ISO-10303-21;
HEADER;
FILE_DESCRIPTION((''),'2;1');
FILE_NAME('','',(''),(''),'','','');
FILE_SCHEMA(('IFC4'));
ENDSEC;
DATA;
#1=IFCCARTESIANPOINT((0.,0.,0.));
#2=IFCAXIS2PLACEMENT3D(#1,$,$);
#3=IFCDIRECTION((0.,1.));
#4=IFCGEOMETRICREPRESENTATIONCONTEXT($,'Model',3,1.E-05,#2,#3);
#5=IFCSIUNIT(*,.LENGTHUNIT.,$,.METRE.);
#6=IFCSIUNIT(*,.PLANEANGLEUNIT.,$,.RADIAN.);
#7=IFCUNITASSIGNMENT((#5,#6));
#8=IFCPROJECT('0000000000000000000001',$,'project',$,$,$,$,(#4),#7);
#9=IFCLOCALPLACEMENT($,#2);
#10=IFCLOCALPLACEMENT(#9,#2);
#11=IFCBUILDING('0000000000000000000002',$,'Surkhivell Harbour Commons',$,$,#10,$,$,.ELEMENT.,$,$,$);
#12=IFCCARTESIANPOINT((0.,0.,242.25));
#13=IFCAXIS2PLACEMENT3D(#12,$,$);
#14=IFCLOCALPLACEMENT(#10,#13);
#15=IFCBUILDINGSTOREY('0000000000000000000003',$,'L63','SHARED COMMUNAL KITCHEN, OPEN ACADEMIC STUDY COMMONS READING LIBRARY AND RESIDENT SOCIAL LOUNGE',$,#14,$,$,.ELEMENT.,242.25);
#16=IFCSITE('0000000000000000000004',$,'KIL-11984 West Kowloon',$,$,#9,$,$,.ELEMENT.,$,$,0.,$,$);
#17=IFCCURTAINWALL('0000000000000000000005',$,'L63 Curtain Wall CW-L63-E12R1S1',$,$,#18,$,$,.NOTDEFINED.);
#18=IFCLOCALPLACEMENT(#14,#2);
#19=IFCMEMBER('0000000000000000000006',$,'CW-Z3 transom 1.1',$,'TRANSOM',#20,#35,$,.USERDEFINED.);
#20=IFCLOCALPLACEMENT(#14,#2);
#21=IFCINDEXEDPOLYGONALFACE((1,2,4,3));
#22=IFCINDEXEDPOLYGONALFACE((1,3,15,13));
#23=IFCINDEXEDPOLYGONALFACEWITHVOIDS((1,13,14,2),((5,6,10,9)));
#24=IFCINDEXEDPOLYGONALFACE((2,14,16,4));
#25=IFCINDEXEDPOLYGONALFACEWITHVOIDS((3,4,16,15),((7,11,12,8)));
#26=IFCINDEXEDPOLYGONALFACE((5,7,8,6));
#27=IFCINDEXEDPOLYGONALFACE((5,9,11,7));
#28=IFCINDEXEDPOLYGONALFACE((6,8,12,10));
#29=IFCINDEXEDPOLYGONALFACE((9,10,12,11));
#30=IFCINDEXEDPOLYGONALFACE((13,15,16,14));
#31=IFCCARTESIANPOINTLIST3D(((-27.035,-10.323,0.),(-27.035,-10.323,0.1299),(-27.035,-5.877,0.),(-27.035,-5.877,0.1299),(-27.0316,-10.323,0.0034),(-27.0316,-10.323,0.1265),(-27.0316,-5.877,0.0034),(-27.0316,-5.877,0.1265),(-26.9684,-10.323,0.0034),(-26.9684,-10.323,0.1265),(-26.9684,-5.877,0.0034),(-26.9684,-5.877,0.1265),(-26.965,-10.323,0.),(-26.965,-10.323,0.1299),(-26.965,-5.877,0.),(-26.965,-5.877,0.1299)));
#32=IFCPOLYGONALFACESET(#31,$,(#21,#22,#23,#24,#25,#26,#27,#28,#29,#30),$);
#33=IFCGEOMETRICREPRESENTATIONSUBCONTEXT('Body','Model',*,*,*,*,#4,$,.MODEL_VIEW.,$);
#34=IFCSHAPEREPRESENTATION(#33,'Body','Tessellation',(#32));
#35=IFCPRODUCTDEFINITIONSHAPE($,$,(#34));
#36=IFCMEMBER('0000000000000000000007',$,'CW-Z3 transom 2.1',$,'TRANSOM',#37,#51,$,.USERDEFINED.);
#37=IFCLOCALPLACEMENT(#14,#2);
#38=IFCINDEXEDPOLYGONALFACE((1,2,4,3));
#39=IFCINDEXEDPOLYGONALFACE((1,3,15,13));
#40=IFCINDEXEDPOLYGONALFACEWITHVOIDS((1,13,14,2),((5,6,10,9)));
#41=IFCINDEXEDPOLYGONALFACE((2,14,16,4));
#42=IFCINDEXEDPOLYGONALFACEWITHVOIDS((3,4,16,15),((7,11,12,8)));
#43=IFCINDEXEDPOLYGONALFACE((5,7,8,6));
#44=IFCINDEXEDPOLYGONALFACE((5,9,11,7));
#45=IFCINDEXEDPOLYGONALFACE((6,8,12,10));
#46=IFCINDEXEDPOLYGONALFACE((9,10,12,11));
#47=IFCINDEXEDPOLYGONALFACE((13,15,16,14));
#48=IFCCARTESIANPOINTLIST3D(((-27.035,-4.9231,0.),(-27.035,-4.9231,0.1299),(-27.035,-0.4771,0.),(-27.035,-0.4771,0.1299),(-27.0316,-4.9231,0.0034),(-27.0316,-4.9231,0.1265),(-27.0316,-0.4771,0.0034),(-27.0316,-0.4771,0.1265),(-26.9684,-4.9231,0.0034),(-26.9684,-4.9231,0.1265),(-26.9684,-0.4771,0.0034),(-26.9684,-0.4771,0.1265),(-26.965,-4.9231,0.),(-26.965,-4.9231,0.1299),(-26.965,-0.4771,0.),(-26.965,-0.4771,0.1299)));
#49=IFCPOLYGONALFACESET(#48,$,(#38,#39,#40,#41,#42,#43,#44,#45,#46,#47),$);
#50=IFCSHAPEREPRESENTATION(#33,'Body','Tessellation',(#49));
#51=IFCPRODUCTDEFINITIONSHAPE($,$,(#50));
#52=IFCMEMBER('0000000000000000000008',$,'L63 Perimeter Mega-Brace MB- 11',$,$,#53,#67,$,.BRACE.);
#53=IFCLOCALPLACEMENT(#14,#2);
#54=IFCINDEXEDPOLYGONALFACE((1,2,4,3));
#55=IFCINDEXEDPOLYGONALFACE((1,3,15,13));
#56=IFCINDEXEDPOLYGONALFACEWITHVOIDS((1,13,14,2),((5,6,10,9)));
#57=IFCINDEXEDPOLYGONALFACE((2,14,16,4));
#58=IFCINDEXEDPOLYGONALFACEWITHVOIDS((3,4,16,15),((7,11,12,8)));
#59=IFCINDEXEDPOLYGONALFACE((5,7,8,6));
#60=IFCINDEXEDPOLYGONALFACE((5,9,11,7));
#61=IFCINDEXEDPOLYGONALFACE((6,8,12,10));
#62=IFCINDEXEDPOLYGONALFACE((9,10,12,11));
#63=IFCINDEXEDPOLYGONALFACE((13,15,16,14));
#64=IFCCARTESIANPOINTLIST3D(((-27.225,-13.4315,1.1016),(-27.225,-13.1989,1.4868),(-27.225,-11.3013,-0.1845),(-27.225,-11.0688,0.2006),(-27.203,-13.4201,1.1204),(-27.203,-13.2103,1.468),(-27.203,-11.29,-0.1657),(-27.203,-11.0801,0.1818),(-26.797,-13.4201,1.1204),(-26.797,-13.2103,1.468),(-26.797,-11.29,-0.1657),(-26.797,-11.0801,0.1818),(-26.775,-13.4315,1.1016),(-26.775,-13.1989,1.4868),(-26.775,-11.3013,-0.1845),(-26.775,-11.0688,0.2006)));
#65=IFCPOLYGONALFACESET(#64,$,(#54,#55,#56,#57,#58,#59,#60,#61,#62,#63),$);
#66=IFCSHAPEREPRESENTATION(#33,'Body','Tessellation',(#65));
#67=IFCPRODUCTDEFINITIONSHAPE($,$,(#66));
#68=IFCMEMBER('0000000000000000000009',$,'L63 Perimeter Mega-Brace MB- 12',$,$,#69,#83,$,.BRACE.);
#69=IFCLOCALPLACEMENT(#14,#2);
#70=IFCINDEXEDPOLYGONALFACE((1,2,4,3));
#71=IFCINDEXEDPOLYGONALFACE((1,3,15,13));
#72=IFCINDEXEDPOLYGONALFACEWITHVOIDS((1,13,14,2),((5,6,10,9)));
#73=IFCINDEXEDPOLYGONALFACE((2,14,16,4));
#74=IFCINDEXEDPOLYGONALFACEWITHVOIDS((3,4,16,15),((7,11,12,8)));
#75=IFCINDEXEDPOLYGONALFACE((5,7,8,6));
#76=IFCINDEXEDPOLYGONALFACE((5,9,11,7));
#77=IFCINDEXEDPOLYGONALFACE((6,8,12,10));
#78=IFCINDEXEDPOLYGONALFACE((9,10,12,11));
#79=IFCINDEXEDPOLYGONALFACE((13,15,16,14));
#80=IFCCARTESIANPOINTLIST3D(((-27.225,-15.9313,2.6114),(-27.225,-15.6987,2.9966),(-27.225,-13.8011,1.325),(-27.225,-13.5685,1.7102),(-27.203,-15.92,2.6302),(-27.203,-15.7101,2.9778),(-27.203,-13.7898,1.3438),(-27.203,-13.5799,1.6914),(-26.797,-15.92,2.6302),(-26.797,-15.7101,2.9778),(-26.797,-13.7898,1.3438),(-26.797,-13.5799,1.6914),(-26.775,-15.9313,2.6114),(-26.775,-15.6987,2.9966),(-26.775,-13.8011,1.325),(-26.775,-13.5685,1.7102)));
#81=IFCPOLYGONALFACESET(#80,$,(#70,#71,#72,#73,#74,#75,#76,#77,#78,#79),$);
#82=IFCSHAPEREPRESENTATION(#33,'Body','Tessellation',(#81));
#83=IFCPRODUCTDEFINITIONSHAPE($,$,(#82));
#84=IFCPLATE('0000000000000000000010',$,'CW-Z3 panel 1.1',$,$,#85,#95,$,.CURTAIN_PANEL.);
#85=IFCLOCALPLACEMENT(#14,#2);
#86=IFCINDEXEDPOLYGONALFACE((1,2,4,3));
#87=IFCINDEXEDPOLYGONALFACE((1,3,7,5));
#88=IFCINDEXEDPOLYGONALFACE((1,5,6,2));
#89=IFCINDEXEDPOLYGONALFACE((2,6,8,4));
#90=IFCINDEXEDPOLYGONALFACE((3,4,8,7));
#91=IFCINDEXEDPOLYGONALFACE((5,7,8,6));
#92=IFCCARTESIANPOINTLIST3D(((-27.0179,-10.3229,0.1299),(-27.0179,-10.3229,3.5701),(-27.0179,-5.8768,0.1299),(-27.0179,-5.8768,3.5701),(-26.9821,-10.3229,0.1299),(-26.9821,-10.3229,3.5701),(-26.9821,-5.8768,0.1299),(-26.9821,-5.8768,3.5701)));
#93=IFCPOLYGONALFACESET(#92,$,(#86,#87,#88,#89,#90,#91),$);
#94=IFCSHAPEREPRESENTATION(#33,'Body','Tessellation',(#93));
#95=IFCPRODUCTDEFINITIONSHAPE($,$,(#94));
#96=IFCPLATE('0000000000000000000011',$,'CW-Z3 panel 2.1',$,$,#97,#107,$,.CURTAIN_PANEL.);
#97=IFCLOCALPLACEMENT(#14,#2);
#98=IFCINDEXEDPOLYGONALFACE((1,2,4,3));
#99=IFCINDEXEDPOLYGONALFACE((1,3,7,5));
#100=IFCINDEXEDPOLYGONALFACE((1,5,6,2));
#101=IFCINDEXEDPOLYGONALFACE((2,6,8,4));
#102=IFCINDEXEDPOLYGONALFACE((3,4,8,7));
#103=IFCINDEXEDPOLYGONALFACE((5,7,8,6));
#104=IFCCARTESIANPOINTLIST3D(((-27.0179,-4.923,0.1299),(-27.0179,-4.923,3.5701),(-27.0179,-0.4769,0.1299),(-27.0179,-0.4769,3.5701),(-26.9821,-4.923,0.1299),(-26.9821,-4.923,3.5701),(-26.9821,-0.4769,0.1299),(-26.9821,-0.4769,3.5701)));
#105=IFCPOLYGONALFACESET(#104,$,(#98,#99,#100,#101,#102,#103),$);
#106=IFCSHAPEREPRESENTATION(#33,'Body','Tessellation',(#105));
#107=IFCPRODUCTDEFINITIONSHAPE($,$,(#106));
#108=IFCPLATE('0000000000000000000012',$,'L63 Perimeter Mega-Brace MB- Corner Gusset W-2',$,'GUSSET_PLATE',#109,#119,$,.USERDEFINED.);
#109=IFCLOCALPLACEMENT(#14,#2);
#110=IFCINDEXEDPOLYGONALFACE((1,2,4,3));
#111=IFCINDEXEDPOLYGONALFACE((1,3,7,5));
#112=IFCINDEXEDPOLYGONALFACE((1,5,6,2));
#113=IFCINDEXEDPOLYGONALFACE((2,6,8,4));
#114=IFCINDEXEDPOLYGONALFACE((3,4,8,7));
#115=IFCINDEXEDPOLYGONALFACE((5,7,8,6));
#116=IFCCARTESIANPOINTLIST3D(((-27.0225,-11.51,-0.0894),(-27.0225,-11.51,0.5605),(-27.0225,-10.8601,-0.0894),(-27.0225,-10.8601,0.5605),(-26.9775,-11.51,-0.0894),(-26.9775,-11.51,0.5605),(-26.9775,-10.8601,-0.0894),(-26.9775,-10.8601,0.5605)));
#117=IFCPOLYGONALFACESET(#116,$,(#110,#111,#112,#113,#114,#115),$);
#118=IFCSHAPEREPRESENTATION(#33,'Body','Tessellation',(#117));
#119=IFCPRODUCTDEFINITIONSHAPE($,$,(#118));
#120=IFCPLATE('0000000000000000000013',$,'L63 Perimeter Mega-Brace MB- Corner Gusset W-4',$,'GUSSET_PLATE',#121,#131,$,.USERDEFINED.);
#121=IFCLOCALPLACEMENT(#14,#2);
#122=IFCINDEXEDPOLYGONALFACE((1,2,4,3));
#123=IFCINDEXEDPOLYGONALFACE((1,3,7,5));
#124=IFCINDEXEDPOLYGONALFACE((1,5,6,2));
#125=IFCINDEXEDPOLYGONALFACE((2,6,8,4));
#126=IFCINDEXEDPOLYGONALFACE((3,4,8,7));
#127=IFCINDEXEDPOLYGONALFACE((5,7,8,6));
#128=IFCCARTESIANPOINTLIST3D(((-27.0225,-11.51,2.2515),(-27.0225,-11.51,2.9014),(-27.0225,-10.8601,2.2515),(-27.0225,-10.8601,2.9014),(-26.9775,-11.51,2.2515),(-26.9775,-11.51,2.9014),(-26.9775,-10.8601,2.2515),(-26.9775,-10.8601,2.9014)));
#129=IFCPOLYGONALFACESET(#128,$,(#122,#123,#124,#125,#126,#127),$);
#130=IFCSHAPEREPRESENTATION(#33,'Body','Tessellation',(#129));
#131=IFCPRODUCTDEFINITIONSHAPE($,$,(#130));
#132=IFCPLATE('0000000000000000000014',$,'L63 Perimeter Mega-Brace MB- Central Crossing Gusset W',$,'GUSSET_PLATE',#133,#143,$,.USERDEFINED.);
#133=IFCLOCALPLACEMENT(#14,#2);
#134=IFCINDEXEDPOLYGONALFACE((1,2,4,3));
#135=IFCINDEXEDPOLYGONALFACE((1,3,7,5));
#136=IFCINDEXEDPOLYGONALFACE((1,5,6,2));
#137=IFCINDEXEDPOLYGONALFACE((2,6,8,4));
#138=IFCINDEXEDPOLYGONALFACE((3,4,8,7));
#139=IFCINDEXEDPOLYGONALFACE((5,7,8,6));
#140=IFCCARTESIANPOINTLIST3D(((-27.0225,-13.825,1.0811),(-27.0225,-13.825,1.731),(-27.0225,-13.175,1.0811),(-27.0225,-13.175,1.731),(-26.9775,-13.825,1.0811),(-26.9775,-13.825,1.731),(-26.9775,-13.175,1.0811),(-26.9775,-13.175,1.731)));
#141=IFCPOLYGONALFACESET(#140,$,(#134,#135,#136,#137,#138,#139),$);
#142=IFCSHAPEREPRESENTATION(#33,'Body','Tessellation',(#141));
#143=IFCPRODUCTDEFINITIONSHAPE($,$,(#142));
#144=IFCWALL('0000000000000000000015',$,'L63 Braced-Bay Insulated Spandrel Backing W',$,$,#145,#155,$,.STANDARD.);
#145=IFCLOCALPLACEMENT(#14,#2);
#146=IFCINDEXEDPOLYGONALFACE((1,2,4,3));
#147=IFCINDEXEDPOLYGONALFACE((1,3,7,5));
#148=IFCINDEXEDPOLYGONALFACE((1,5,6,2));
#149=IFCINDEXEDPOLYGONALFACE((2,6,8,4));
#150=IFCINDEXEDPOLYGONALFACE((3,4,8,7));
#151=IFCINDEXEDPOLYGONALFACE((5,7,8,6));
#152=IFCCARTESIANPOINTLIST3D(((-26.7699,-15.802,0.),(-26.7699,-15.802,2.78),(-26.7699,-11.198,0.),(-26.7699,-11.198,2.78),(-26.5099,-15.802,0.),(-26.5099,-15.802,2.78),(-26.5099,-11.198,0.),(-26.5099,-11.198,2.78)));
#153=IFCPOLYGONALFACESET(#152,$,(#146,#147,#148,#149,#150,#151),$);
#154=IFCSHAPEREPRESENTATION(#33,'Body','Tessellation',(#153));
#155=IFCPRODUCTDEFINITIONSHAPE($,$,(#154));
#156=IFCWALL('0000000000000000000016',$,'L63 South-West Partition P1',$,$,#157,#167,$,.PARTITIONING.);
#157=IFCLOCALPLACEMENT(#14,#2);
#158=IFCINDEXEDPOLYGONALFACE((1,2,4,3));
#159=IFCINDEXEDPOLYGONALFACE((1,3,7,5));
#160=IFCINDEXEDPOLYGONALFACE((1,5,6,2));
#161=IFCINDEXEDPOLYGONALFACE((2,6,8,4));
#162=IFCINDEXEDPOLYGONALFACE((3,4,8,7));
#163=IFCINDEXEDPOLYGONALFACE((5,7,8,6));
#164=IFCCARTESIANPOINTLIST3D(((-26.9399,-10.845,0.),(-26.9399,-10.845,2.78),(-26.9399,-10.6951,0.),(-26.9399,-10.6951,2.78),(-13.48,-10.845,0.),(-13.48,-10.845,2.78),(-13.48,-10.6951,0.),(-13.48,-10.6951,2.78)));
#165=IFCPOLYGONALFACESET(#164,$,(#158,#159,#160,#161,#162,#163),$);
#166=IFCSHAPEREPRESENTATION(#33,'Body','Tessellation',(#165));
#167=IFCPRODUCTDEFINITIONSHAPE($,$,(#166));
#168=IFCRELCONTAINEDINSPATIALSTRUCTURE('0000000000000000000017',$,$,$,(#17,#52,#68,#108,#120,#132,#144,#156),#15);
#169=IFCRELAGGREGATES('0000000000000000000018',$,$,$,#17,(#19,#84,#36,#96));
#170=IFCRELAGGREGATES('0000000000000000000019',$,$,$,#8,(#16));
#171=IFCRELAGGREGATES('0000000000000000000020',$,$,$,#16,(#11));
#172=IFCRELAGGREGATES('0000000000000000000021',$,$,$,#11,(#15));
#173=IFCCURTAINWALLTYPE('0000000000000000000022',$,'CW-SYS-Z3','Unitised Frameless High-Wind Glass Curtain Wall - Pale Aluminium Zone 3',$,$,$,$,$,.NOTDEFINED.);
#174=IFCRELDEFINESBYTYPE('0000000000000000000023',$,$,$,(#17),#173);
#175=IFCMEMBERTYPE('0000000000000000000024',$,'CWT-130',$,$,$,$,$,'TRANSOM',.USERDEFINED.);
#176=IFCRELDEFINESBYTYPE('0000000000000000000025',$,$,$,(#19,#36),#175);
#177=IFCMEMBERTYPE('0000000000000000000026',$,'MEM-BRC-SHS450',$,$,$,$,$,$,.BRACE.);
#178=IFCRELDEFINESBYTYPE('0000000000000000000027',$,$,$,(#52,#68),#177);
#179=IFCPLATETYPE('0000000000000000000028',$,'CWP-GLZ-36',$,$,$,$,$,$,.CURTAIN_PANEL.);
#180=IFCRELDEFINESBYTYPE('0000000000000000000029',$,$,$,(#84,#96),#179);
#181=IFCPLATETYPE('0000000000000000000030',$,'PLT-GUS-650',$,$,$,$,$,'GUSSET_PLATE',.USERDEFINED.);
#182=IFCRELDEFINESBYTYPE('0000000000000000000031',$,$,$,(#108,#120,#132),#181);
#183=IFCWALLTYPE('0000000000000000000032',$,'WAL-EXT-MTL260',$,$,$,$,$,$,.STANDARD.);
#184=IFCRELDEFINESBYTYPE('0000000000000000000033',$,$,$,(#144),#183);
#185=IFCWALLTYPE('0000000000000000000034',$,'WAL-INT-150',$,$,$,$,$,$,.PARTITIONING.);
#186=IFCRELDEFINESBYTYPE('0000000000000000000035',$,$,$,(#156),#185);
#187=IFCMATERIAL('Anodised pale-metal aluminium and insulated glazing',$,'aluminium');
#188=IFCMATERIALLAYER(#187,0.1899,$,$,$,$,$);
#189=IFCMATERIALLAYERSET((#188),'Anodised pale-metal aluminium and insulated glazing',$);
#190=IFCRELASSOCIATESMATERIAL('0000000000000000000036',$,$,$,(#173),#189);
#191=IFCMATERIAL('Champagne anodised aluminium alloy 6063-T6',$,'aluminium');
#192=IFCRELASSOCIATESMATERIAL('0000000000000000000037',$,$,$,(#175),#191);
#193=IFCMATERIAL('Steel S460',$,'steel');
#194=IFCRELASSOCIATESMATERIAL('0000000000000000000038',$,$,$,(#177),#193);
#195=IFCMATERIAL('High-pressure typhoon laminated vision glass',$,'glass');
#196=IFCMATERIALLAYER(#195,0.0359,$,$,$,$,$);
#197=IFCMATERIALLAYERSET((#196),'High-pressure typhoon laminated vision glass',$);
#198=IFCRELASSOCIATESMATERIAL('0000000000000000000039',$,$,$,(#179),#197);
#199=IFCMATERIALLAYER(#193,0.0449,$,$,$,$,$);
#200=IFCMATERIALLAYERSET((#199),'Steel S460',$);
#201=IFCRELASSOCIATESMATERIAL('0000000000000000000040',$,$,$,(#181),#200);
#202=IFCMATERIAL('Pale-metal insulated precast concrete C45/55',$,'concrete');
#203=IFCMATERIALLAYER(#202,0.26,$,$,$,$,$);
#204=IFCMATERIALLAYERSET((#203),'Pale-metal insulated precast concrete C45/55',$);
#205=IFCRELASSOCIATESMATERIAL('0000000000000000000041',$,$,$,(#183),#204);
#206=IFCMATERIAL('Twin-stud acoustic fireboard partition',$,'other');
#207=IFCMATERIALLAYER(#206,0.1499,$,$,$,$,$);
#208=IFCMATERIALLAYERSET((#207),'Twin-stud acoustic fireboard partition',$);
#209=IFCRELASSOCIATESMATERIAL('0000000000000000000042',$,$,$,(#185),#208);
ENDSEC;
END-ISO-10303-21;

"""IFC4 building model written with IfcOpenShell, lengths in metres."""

from ifc_helpers import new_model, si_unit, direction, frame, frame_2d, origin, origin_2d, place, context, subcontext, project, spatial, rectangle, hollow_rectangle, extrude, material, layer, layer_set, material_profile, profile_set, type_object, element, aggregate, save


model = new_model("IFC4")

# Units and contexts
model_context = context("Model", 3, precision=1e-05, world=origin(), true_north=direction((0.0, 1.0)))
body_context = subcontext(model_context, "Body", "Model", "MODEL_VIEW")
ifc_project = project(units=[si_unit("LENGTHUNIT", "METRE"), si_unit("PLANEANGLEUNIT", "RADIAN")], contexts=[model_context])

# Site, building, storey
site_placement = place(None, origin())
site = spatial("IfcSite", under=ifc_project, at=site_placement, Name="KIL-11984 West Kowloon", CompositionType="ELEMENT", RefElevation=0.0)
building_placement = place(site_placement, origin())
building = spatial("IfcBuilding", under=site, at=building_placement, Name="Surkhivell Harbour Commons", CompositionType="ELEMENT")
storey_placement = place(building_placement, frame((0.0, 0.0, 242.25)))
storey = spatial("IfcBuildingStorey", under=building, at=storey_placement, Name="L63", Description="SHARED COMMUNAL KITCHEN, OPEN ACADEMIC STUDY COMMONS READING LIBRARY AND RESIDENT SOCIAL LOUNGE", CompositionType="ELEMENT", Elevation=242.25)

# Curtain wall, members
ifc_material_1 = material(Name="Anodised pale-metal aluminium and insulated glazing", Category="aluminium")
ifc_layer_1 = layer(ifc_material_1, 0.1899)
ifc_layer_set_1 = layer_set([ifc_layer_1], Name="Anodised pale-metal aluminium and insulated glazing")
curtain_wall_type = type_object("IfcCurtainWallType", Name="CW-SYS-Z3", Description="Unitised Frameless High-Wind Glass Curtain Wall - Pale Aluminium Zone 3", PredefinedType="NOTDEFINED", material=ifc_layer_set_1)
curtain_wall_placement = place(storey_placement, origin())
curtain_wall = element("IfcCurtainWall", 1, at=curtain_wall_placement, inside=storey, type_object=curtain_wall_type, Name="L63 Curtain Wall CW-L63-E12R1S1", PredefinedType="NOTDEFINED")
ifc_material_2 = material(Name="Champagne anodised aluminium alloy 6063-T6", Category="aluminium")
ifc_material_profile_1 = material_profile(ifc_material_2, hollow_rectangle(XDim=0.0701, YDim=0.1299, WallThickness=0.0034, at=origin_2d()), Name="ALU-TRAN-70x130")
ifc_profile_set_1 = profile_set([ifc_material_profile_1], Name="Champagne anodised aluminium alloy 6063-T6")
member_type_1 = type_object("IfcMemberType", Name="CWT-130", ElementType="TRANSOM", PredefinedType="USERDEFINED", material=ifc_profile_set_1)
member_1_placement = place(storey_placement, frame((-27.0, -10.323, 0.0649), z_axis=(0.0, 1.0, 0.0), x_axis=(-1.0, 0.0, 0.0)))
member_1 = element("IfcMember", 2, at=member_1_placement, type_object=member_type_1, Name="CW-Z3 transom 1.1", ObjectType="TRANSOM", PredefinedType="USERDEFINED", context=body_context, shape_type="SweptSolid", body=[
    extrude(hollow_rectangle(XDim=0.0701, YDim=0.1299, WallThickness=0.0034, at=origin_2d()), origin(), (0.0, 0.0, 1.0), 4.446),
])
member_2_placement = place(storey_placement, frame((-27.0, -4.9231, 0.0649), z_axis=(0.0, 1.0, 0.0), x_axis=(-1.0, 0.0, 0.0)))
member_2 = element("IfcMember", 3, at=member_2_placement, type_object=member_type_1, Name="CW-Z3 transom 2.1", ObjectType="TRANSOM", PredefinedType="USERDEFINED", context=body_context, shape_type="SweptSolid", body=[
    extrude(hollow_rectangle(XDim=0.0701, YDim=0.1299, WallThickness=0.0034, at=origin_2d()), origin(), (0.0, 0.0, 1.0), 4.446),
])

# Members
ifc_material_3 = material(Name="Steel S460", Category="steel")
ifc_material_profile_2 = material_profile(ifc_material_3, hollow_rectangle(XDim=0.45, YDim=0.45, WallThickness=0.022, at=origin_2d()), Name="SHS450x450x22")
ifc_profile_set_2 = profile_set([ifc_material_profile_2], Name="Steel S460")
member_type_2 = type_object("IfcMemberType", Name="MEM-BRC-SHS450", PredefinedType="BRACE", material=ifc_profile_set_2)
member_3_placement = place(storey_placement, frame((-27.0, -11.1851, 0.0081), z_axis=(0.0, -0.856061, 0.516875), x_axis=(1.0, 0.0, 0.0)))
element("IfcMember", 4, at=member_3_placement, inside=storey, type_object=member_type_2, Name="L63 Perimeter Mega-Brace MB- 11", PredefinedType="BRACE", context=body_context, shape_type="SweptSolid", body=[
    extrude(hollow_rectangle(XDim=0.45, YDim=0.45, WallThickness=0.022, at=origin_2d()), origin(), (0.0, 0.0, 1.0), 2.4883),
])
member_4_placement = place(storey_placement, frame((-27.0, -13.6848, 1.5176), z_axis=(0.0, -0.856018, 0.516946), x_axis=(1.0, 0.0, 0.0)))
element("IfcMember", 5, at=member_4_placement, inside=storey, type_object=member_type_2, Name="L63 Perimeter Mega-Brace MB- 12", PredefinedType="BRACE", context=body_context, shape_type="SweptSolid", body=[
    extrude(hollow_rectangle(XDim=0.45, YDim=0.45, WallThickness=0.022, at=origin_2d()), origin(), (0.0, 0.0, 1.0), 2.4885),
])

# Plates
ifc_material_4 = material(Name="High-pressure typhoon laminated vision glass", Category="glass")
ifc_layer_2 = layer(ifc_material_4, 0.0359)
ifc_layer_set_2 = layer_set([ifc_layer_2], Name="High-pressure typhoon laminated vision glass")
plate_type_1 = type_object("IfcPlateType", Name="CWP-GLZ-36", PredefinedType="CURTAIN_PANEL", material=ifc_layer_set_2)
plate_1_placement = place(storey_placement, frame((-27.0, -10.323, 0.1299), z_axis=(0.0, 0.0, 1.0), x_axis=(0.0, 1.0, 0.0)))
plate_1 = element("IfcPlate", 6, at=plate_1_placement, type_object=plate_type_1, Name="CW-Z3 panel 1.1", PredefinedType="CURTAIN_PANEL", context=body_context, shape_type="SweptSolid", body=[
    extrude(rectangle(XDim=4.446, YDim=0.0359, at=frame_2d((2.2231, 0.0))), origin(), (0.0, 0.0, 1.0), 3.4402),
])
plate_2_placement = place(storey_placement, frame((-27.0, -4.9231, 0.1299), z_axis=(0.0, 0.0, 1.0), x_axis=(0.0, 1.0, 0.0)))
plate_2 = element("IfcPlate", 7, at=plate_2_placement, type_object=plate_type_1, Name="CW-Z3 panel 2.1", PredefinedType="CURTAIN_PANEL", context=body_context, shape_type="SweptSolid", body=[
    extrude(rectangle(XDim=4.446, YDim=0.0359, at=frame_2d((2.2231, 0.0))), origin(), (0.0, 0.0, 1.0), 3.4402),
])
aggregate(curtain_wall, [member_1, plate_1, member_2, plate_2])

# Plates
ifc_layer_3 = layer(ifc_material_3, 0.0449)
ifc_layer_set_3 = layer_set([ifc_layer_3], Name="Steel S460")
plate_type_2 = type_object("IfcPlateType", Name="PLT-GUS-650", ElementType="GUSSET_PLATE", PredefinedType="USERDEFINED", material=ifc_layer_set_3)
for number, where, z_axis, x_axis, name in (
    (8, (-27.0, -11.1851, -0.0894), (0.0, 0.0, 1.0), (0.0, 1.0, 0.0), "L63 Perimeter Mega-Brace MB- Corner Gusset W-2"),
    (9, (-27.0, -11.1851, 2.2515), (0.0, 0.0, 1.0), (0.0, 1.0, 0.0), "L63 Perimeter Mega-Brace MB- Corner Gusset W-4"),
    (10, (-27.0, -13.5, 1.0811), (0.0, 0.0, 1.0), (0.0, 1.0, 0.0), "L63 Perimeter Mega-Brace MB- Central Crossing Gusset W"),
):
    element("IfcPlate", number, at=place(storey_placement, frame(where, z_axis=z_axis, x_axis=x_axis)), inside=storey, type_object=plate_type_2, Name=name, ObjectType="GUSSET_PLATE", PredefinedType="USERDEFINED", context=body_context, shape_type="SweptSolid", body=[
        extrude(rectangle(XDim=0.6499, YDim=0.0449, at=origin_2d()), origin(), (0.0, 0.0, 1.0), 0.6499),
    ])

# Walls
ifc_material_5 = material(Name="Pale-metal insulated precast concrete C45/55", Category="concrete")
ifc_layer_4 = layer(ifc_material_5, 0.26)
ifc_layer_set_4 = layer_set([ifc_layer_4], Name="Pale-metal insulated precast concrete C45/55")
wall_type_1 = type_object("IfcWallType", Name="WAL-EXT-MTL260", PredefinedType="STANDARD", material=ifc_layer_set_4)
wall_1_placement = place(storey_placement, frame((-26.6399, -15.802, 0.0), z_axis=(0.0, 0.0, 1.0), x_axis=(0.0, 1.0, 0.0)))
element("IfcWall", 11, at=wall_1_placement, inside=storey, type_object=wall_type_1, Name="L63 Braced-Bay Insulated Spandrel Backing W", PredefinedType="STANDARD", context=body_context, shape_type="SweptSolid", body=[
    extrude(rectangle(XDim=4.604, YDim=0.26, at=frame_2d((2.302, 0.0))), origin(), (0.0, 0.0, 1.0), 2.78),
])
ifc_material_6 = material(Name="Twin-stud acoustic fireboard partition", Category="other")
ifc_layer_5 = layer(ifc_material_6, 0.1499)
ifc_layer_set_5 = layer_set([ifc_layer_5], Name="Twin-stud acoustic fireboard partition")
wall_type_2 = type_object("IfcWallType", Name="WAL-INT-150", PredefinedType="PARTITIONING", material=ifc_layer_set_5)
wall_2_placement = place(storey_placement, frame((-26.9399, -10.77, 0.0), z_axis=(0.0, 0.0, 1.0), x_axis=(1.0, 0.0, 0.0)))
element("IfcWall", 12, at=wall_2_placement, inside=storey, type_object=wall_type_2, Name="L63 South-West Partition P1", PredefinedType="PARTITIONING", context=body_context, shape_type="SweptSolid", body=[
    extrude(rectangle(XDim=13.46, YDim=0.1499, at=frame_2d((6.73, 0.0))), origin(), (0.0, 0.0, 1.0), 2.78),
])

save(model, "model.ifc")
